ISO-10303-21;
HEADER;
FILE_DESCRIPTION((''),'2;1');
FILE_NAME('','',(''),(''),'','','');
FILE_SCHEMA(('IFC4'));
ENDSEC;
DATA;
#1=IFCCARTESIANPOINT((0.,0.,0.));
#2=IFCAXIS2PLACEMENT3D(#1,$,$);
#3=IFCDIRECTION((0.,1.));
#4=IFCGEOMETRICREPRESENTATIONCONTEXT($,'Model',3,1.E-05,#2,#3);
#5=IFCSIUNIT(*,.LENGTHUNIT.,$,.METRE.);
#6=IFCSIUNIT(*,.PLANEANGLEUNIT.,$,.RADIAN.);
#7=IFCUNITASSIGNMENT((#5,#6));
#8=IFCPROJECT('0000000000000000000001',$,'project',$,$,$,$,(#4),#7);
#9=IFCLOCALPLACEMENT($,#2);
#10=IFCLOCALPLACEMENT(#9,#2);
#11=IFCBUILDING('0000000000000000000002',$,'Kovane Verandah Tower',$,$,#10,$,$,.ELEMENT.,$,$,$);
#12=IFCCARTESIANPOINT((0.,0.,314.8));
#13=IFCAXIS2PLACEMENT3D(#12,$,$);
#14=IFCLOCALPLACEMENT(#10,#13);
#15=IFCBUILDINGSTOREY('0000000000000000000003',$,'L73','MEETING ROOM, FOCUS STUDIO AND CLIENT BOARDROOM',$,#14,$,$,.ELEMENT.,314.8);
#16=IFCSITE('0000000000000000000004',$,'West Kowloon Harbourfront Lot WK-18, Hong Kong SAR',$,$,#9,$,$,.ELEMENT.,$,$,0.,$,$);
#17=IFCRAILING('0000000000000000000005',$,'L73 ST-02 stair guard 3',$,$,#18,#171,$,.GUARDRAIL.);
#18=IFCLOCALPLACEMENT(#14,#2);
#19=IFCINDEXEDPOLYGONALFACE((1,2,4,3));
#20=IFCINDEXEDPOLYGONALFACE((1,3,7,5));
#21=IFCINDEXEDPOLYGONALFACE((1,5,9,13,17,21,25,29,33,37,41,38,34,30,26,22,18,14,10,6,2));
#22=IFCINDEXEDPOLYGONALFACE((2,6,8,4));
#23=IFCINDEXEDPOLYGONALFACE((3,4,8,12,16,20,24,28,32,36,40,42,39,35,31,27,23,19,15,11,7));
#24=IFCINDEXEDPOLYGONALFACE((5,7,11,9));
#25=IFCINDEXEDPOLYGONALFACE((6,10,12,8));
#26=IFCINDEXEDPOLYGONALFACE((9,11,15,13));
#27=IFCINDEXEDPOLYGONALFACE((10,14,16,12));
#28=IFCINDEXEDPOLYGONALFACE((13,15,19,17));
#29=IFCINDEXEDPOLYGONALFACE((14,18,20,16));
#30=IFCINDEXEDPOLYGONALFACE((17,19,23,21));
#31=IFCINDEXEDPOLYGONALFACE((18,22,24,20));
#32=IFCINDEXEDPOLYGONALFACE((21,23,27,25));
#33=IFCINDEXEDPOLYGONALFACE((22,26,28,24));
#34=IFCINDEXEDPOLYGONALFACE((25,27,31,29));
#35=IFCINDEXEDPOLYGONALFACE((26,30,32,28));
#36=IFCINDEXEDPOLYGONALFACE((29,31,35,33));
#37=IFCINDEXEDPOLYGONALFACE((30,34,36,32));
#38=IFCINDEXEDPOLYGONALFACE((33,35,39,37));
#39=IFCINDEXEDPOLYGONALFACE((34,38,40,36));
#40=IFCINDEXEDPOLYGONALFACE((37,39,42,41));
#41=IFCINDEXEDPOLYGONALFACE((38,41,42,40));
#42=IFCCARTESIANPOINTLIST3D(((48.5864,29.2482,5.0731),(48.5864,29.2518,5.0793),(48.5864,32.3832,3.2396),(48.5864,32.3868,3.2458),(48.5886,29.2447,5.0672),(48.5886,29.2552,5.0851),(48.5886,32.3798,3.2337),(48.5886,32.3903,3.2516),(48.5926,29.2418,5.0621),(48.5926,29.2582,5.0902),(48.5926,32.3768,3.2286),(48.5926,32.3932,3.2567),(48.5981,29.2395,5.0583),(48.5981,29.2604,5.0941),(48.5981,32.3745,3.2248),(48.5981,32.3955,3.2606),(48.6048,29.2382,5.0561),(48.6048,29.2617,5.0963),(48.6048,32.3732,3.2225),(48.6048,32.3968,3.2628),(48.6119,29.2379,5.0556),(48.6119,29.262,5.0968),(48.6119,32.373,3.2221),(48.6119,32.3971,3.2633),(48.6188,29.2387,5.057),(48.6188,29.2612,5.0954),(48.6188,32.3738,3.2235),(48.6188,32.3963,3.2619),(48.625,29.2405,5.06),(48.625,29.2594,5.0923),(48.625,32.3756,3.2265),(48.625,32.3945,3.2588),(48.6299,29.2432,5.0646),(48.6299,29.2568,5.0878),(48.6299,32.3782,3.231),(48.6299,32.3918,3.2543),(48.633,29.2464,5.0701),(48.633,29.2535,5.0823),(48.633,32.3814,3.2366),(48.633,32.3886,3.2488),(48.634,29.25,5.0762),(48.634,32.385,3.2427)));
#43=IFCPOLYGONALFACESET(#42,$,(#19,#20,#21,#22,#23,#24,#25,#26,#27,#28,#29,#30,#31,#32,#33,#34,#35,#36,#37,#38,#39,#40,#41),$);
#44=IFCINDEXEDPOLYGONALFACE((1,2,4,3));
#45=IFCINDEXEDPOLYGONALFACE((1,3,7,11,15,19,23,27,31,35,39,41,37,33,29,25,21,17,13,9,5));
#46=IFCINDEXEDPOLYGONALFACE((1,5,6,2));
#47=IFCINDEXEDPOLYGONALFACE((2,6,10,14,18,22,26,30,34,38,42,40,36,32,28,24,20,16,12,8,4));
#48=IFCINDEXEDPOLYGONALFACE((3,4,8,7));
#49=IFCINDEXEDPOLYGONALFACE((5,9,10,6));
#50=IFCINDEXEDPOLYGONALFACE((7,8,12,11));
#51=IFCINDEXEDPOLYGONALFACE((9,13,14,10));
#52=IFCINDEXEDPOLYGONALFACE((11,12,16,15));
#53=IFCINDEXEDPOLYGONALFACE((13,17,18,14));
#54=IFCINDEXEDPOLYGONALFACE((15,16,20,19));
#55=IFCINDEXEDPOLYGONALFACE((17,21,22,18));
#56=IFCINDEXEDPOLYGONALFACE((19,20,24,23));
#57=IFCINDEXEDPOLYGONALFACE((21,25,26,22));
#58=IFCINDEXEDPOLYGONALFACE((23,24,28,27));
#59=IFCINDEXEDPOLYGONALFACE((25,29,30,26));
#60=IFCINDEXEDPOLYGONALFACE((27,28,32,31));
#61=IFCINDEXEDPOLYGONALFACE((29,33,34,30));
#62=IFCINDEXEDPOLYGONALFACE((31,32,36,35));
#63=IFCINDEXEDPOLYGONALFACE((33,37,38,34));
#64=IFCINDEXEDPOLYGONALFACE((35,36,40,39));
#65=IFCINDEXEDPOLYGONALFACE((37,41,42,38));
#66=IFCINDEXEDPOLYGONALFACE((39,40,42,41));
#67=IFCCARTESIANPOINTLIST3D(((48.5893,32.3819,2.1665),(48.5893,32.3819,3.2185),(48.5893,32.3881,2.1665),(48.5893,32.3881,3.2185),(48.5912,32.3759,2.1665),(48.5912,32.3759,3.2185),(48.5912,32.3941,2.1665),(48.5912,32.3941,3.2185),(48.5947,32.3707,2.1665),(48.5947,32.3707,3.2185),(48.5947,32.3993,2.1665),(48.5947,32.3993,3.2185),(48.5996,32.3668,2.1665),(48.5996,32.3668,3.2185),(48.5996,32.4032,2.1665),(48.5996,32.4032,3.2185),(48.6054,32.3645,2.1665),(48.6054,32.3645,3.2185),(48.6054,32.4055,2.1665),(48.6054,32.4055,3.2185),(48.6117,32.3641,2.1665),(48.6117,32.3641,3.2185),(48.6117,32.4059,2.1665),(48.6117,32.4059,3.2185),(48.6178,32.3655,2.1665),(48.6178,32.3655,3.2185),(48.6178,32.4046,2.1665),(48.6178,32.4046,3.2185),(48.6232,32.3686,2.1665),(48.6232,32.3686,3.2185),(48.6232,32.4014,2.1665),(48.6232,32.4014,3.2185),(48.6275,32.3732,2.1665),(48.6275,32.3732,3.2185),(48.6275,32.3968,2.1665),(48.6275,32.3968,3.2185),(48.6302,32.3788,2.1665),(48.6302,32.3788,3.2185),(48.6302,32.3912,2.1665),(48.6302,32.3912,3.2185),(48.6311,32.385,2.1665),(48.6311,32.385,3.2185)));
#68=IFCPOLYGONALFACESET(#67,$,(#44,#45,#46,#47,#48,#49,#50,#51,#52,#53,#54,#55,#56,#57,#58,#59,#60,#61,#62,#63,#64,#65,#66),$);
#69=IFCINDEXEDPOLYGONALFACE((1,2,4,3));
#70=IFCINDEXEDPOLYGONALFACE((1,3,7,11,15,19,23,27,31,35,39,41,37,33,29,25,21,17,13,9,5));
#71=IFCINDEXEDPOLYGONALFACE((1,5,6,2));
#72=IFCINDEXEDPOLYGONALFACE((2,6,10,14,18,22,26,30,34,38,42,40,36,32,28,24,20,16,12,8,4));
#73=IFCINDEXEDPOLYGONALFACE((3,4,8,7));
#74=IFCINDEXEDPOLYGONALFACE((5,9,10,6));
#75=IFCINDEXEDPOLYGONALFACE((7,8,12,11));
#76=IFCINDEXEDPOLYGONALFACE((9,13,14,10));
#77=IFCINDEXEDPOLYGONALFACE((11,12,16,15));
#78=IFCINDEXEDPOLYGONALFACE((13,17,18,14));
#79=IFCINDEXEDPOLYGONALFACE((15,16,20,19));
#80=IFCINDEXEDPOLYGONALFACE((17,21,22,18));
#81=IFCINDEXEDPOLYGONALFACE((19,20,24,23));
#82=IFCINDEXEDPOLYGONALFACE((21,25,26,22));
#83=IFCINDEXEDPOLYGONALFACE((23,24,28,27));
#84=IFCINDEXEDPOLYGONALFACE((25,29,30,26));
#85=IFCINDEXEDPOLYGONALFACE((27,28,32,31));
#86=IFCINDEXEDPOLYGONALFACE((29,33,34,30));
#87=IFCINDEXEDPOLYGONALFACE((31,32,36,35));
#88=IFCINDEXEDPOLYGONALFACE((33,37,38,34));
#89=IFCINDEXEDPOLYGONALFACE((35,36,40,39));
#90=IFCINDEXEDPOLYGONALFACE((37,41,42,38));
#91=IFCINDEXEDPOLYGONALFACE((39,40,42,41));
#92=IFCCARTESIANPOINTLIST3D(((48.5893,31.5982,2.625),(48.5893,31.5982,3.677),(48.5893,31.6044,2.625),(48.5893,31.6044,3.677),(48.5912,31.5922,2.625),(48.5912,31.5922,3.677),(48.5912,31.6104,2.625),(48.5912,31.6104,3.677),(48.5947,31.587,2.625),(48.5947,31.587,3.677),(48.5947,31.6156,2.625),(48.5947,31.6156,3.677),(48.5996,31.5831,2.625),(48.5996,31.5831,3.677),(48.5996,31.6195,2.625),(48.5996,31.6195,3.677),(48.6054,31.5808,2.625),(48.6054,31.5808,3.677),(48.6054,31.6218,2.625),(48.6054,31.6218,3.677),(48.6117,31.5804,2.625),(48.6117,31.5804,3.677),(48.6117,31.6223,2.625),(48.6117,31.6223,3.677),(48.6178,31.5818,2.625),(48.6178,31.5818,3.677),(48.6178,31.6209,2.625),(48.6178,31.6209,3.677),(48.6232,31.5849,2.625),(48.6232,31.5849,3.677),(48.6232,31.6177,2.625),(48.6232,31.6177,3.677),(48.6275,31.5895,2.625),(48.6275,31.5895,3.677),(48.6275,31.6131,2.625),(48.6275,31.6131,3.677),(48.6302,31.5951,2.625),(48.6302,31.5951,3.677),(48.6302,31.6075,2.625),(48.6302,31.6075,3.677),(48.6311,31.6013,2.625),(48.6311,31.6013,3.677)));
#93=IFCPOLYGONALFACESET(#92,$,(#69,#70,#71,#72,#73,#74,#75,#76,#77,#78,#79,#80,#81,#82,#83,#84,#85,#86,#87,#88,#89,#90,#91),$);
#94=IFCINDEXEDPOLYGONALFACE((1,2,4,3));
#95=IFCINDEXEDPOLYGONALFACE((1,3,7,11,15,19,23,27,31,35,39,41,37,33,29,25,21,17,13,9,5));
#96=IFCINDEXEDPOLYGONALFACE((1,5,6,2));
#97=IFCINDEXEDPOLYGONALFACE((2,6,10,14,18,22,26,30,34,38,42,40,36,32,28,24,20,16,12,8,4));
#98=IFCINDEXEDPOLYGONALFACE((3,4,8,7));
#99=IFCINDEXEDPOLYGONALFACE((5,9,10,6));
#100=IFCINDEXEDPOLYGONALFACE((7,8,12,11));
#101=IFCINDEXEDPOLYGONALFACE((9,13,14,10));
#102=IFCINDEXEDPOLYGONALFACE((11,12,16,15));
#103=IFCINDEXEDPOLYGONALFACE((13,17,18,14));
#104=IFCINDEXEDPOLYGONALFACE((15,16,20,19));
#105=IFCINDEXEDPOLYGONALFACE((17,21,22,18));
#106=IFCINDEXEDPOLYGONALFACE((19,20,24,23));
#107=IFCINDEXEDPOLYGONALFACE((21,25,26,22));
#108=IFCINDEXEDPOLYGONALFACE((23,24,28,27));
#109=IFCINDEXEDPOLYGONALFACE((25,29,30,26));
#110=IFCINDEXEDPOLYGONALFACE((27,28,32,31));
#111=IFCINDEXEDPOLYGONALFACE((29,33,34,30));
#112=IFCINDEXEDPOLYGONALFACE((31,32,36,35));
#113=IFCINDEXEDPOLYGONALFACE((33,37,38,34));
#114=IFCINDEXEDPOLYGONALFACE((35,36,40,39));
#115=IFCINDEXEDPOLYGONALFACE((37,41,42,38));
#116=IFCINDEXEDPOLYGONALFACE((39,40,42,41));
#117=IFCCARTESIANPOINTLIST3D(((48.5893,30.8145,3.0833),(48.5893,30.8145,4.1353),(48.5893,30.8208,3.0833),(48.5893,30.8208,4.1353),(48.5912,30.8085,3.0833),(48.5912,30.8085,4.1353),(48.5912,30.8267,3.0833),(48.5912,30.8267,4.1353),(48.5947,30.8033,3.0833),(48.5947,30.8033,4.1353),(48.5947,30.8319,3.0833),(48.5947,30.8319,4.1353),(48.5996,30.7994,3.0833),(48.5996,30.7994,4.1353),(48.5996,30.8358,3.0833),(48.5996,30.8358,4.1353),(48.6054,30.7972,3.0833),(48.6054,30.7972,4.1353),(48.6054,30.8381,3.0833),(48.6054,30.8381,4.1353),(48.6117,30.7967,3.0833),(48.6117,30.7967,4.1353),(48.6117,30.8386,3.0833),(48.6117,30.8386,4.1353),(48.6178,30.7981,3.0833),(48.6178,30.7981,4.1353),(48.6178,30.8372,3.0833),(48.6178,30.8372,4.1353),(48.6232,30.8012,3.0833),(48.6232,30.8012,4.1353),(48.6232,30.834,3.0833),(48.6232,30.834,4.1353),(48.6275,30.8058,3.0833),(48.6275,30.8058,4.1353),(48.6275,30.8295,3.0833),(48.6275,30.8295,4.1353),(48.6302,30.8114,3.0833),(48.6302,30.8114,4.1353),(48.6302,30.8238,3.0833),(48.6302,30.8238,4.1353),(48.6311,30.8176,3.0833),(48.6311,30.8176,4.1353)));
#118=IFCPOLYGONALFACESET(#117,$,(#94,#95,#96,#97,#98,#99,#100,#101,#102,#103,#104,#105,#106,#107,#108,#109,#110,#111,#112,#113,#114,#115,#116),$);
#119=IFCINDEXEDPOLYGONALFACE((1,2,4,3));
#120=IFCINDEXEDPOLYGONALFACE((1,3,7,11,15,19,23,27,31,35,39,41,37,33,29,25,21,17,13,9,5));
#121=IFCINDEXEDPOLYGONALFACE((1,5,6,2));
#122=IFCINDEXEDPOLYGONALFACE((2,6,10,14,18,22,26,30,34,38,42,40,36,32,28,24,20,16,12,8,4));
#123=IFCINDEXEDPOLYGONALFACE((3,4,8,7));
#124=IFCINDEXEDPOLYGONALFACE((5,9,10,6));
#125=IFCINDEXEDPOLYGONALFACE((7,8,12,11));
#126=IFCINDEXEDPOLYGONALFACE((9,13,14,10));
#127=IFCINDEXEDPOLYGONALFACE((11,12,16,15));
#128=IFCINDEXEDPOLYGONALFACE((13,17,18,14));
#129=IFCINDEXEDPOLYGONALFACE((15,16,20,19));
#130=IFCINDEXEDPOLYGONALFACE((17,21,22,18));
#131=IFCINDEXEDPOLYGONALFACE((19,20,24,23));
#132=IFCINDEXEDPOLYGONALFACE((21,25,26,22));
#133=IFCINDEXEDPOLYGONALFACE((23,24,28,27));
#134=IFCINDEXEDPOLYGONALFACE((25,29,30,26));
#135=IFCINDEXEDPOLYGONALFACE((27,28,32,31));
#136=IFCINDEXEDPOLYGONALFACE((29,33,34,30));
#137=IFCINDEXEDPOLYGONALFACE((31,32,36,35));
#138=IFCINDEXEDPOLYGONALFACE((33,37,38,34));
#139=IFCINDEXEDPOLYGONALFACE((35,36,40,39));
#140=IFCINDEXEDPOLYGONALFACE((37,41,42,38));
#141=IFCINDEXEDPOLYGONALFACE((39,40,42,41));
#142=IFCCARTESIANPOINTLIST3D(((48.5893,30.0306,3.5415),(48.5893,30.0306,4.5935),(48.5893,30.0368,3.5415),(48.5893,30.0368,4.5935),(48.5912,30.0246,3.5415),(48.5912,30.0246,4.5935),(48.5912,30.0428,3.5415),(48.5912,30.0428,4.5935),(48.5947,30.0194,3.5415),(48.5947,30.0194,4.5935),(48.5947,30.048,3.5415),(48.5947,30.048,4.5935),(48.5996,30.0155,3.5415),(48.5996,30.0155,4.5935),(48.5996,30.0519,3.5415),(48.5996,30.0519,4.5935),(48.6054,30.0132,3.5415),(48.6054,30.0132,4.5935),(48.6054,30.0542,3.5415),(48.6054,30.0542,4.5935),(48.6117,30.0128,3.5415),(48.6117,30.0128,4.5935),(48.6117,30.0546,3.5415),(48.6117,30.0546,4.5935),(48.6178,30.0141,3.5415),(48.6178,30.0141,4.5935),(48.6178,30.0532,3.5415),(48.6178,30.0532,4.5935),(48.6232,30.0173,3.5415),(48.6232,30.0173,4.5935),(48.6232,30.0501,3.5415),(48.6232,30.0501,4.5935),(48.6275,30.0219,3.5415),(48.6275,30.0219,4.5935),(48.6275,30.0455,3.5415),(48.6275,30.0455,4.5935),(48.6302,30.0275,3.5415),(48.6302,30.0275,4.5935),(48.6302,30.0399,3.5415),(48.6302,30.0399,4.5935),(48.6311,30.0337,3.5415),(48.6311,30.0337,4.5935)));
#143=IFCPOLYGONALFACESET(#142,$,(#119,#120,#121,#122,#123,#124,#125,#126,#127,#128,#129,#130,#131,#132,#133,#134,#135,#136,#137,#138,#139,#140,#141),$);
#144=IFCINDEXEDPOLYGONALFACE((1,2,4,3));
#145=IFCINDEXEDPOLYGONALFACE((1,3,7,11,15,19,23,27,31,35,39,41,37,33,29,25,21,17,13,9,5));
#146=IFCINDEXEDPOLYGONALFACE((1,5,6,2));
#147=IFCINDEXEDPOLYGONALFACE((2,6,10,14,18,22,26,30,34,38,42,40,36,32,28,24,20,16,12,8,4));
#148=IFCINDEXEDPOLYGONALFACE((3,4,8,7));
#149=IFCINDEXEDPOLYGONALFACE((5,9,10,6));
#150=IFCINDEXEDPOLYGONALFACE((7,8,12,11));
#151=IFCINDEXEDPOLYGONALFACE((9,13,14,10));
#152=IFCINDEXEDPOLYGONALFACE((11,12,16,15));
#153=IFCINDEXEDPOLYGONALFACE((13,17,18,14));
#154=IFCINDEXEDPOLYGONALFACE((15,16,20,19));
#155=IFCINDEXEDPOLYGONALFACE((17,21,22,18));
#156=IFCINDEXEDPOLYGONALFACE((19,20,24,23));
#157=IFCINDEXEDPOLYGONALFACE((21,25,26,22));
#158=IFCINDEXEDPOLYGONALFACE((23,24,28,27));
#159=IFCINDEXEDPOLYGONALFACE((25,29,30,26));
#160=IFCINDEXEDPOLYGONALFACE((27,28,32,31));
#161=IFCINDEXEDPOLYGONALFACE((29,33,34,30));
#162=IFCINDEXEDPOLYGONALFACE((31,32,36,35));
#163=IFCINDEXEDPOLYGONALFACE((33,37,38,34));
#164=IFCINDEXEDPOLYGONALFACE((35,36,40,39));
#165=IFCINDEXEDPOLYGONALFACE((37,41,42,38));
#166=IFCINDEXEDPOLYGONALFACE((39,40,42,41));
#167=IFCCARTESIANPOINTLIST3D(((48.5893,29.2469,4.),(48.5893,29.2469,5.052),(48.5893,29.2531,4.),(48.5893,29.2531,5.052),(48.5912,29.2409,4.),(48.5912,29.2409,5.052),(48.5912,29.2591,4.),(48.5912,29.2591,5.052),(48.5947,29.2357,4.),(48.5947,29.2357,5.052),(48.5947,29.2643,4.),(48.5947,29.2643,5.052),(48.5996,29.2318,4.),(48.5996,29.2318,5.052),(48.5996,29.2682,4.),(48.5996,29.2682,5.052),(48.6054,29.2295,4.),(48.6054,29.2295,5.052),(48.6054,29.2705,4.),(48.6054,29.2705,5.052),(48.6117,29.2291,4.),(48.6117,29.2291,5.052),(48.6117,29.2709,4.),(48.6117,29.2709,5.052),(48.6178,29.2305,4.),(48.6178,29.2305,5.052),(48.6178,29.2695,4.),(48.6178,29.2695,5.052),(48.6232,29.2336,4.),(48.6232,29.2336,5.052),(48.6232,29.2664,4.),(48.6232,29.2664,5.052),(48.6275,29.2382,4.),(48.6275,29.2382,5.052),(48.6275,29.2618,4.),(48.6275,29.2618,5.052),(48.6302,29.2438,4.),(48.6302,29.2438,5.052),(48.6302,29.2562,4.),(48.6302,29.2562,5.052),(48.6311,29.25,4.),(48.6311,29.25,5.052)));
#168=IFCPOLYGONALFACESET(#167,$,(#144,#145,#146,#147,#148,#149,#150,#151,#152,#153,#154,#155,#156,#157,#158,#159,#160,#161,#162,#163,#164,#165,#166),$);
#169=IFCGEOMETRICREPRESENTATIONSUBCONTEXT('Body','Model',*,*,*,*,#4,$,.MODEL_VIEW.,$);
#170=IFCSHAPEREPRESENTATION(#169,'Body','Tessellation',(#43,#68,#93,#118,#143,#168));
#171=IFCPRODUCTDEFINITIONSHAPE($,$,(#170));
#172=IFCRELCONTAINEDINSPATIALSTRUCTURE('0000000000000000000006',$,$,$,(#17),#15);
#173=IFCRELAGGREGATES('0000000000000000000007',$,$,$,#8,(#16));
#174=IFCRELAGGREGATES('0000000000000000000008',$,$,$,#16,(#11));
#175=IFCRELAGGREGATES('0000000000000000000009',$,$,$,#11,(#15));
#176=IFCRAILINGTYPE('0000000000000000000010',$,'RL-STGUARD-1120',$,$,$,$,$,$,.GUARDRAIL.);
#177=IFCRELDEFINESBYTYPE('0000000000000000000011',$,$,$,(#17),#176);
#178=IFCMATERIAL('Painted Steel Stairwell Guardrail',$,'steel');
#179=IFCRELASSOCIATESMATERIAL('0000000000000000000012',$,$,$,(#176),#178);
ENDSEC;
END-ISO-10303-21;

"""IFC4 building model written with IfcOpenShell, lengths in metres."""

from ifc_helpers import new_model, si_unit, direction, frame, origin, origin_2d, place, context, subcontext, project, spatial, circle, extrude, material, type_object, element, save


model = new_model("IFC4")

# Units and contexts
model_context = context("Model", 3, precision=1e-05, world=origin(), true_north=direction((0.0, 1.0)))
body_context = subcontext(model_context, "Body", "Model", "MODEL_VIEW")
ifc_project = project(units=[si_unit("LENGTHUNIT", "METRE"), si_unit("PLANEANGLEUNIT", "RADIAN")], contexts=[model_context])

# Site, building, storey
site_placement = place(None, origin())
site = spatial("IfcSite", under=ifc_project, at=site_placement, Name="West Kowloon Harbourfront Lot WK-18, Hong Kong SAR", CompositionType="ELEMENT", RefElevation=0.0)
building_placement = place(site_placement, origin())
building = spatial("IfcBuilding", under=site, at=building_placement, Name="Kovane Verandah Tower", CompositionType="ELEMENT")
storey_placement = place(building_placement, frame((0.0, 0.0, 314.8)))
storey = spatial("IfcBuildingStorey", under=building, at=storey_placement, Name="L73", Description="MEETING ROOM, FOCUS STUDIO AND CLIENT BOARDROOM", CompositionType="ELEMENT", Elevation=314.8)

# Railing
ifc_material_1 = material(Name="Painted Steel Stairwell Guardrail", Category="steel")
railing_type_1 = type_object("IfcRailingType", Name="RL-STGUARD-1120", PredefinedType="GUARDRAIL", material=ifc_material_1)
railing_1_placement = place(storey_placement, frame((48.6101, 32.385, 2.1665)))
element("IfcRailing", 1, at=railing_1_placement, inside=storey, type_object=railing_type_1, Name="L73 ST-02 stair guard 3", PredefinedType="GUARDRAIL", context=body_context, shape_type="SweptSolid", body=[
    extrude(circle(Radius=0.0239, at=origin_2d()), frame((0.0, 0.0, 1.0762), z_axis=(0.0, -0.86321, 0.504845), x_axis=(1.0, 0.0, 0.0)), (0.0, 0.0, 1.0), 3.6318),
    extrude(circle(Radius=0.021, at=origin_2d()), origin(), (0.0, 0.0, 1.0), 1.052),
    extrude(circle(Radius=0.021, at=origin_2d()), frame((0.0, -0.7837, 0.4585)), (0.0, 0.0, 1.0), 1.052),
    extrude(circle(Radius=0.021, at=origin_2d()), frame((0.0, -1.5674, 0.9167)), (0.0, 0.0, 1.0), 1.052),
    extrude(circle(Radius=0.021, at=origin_2d()), frame((0.0, -2.3513, 1.375)), (0.0, 0.0, 1.0), 1.052),
    extrude(circle(Radius=0.021, at=origin_2d()), frame((0.0, -3.135, 1.8335)), (0.0, 0.0, 1.0), 1.052),
])

save(model, "model.ifc")
